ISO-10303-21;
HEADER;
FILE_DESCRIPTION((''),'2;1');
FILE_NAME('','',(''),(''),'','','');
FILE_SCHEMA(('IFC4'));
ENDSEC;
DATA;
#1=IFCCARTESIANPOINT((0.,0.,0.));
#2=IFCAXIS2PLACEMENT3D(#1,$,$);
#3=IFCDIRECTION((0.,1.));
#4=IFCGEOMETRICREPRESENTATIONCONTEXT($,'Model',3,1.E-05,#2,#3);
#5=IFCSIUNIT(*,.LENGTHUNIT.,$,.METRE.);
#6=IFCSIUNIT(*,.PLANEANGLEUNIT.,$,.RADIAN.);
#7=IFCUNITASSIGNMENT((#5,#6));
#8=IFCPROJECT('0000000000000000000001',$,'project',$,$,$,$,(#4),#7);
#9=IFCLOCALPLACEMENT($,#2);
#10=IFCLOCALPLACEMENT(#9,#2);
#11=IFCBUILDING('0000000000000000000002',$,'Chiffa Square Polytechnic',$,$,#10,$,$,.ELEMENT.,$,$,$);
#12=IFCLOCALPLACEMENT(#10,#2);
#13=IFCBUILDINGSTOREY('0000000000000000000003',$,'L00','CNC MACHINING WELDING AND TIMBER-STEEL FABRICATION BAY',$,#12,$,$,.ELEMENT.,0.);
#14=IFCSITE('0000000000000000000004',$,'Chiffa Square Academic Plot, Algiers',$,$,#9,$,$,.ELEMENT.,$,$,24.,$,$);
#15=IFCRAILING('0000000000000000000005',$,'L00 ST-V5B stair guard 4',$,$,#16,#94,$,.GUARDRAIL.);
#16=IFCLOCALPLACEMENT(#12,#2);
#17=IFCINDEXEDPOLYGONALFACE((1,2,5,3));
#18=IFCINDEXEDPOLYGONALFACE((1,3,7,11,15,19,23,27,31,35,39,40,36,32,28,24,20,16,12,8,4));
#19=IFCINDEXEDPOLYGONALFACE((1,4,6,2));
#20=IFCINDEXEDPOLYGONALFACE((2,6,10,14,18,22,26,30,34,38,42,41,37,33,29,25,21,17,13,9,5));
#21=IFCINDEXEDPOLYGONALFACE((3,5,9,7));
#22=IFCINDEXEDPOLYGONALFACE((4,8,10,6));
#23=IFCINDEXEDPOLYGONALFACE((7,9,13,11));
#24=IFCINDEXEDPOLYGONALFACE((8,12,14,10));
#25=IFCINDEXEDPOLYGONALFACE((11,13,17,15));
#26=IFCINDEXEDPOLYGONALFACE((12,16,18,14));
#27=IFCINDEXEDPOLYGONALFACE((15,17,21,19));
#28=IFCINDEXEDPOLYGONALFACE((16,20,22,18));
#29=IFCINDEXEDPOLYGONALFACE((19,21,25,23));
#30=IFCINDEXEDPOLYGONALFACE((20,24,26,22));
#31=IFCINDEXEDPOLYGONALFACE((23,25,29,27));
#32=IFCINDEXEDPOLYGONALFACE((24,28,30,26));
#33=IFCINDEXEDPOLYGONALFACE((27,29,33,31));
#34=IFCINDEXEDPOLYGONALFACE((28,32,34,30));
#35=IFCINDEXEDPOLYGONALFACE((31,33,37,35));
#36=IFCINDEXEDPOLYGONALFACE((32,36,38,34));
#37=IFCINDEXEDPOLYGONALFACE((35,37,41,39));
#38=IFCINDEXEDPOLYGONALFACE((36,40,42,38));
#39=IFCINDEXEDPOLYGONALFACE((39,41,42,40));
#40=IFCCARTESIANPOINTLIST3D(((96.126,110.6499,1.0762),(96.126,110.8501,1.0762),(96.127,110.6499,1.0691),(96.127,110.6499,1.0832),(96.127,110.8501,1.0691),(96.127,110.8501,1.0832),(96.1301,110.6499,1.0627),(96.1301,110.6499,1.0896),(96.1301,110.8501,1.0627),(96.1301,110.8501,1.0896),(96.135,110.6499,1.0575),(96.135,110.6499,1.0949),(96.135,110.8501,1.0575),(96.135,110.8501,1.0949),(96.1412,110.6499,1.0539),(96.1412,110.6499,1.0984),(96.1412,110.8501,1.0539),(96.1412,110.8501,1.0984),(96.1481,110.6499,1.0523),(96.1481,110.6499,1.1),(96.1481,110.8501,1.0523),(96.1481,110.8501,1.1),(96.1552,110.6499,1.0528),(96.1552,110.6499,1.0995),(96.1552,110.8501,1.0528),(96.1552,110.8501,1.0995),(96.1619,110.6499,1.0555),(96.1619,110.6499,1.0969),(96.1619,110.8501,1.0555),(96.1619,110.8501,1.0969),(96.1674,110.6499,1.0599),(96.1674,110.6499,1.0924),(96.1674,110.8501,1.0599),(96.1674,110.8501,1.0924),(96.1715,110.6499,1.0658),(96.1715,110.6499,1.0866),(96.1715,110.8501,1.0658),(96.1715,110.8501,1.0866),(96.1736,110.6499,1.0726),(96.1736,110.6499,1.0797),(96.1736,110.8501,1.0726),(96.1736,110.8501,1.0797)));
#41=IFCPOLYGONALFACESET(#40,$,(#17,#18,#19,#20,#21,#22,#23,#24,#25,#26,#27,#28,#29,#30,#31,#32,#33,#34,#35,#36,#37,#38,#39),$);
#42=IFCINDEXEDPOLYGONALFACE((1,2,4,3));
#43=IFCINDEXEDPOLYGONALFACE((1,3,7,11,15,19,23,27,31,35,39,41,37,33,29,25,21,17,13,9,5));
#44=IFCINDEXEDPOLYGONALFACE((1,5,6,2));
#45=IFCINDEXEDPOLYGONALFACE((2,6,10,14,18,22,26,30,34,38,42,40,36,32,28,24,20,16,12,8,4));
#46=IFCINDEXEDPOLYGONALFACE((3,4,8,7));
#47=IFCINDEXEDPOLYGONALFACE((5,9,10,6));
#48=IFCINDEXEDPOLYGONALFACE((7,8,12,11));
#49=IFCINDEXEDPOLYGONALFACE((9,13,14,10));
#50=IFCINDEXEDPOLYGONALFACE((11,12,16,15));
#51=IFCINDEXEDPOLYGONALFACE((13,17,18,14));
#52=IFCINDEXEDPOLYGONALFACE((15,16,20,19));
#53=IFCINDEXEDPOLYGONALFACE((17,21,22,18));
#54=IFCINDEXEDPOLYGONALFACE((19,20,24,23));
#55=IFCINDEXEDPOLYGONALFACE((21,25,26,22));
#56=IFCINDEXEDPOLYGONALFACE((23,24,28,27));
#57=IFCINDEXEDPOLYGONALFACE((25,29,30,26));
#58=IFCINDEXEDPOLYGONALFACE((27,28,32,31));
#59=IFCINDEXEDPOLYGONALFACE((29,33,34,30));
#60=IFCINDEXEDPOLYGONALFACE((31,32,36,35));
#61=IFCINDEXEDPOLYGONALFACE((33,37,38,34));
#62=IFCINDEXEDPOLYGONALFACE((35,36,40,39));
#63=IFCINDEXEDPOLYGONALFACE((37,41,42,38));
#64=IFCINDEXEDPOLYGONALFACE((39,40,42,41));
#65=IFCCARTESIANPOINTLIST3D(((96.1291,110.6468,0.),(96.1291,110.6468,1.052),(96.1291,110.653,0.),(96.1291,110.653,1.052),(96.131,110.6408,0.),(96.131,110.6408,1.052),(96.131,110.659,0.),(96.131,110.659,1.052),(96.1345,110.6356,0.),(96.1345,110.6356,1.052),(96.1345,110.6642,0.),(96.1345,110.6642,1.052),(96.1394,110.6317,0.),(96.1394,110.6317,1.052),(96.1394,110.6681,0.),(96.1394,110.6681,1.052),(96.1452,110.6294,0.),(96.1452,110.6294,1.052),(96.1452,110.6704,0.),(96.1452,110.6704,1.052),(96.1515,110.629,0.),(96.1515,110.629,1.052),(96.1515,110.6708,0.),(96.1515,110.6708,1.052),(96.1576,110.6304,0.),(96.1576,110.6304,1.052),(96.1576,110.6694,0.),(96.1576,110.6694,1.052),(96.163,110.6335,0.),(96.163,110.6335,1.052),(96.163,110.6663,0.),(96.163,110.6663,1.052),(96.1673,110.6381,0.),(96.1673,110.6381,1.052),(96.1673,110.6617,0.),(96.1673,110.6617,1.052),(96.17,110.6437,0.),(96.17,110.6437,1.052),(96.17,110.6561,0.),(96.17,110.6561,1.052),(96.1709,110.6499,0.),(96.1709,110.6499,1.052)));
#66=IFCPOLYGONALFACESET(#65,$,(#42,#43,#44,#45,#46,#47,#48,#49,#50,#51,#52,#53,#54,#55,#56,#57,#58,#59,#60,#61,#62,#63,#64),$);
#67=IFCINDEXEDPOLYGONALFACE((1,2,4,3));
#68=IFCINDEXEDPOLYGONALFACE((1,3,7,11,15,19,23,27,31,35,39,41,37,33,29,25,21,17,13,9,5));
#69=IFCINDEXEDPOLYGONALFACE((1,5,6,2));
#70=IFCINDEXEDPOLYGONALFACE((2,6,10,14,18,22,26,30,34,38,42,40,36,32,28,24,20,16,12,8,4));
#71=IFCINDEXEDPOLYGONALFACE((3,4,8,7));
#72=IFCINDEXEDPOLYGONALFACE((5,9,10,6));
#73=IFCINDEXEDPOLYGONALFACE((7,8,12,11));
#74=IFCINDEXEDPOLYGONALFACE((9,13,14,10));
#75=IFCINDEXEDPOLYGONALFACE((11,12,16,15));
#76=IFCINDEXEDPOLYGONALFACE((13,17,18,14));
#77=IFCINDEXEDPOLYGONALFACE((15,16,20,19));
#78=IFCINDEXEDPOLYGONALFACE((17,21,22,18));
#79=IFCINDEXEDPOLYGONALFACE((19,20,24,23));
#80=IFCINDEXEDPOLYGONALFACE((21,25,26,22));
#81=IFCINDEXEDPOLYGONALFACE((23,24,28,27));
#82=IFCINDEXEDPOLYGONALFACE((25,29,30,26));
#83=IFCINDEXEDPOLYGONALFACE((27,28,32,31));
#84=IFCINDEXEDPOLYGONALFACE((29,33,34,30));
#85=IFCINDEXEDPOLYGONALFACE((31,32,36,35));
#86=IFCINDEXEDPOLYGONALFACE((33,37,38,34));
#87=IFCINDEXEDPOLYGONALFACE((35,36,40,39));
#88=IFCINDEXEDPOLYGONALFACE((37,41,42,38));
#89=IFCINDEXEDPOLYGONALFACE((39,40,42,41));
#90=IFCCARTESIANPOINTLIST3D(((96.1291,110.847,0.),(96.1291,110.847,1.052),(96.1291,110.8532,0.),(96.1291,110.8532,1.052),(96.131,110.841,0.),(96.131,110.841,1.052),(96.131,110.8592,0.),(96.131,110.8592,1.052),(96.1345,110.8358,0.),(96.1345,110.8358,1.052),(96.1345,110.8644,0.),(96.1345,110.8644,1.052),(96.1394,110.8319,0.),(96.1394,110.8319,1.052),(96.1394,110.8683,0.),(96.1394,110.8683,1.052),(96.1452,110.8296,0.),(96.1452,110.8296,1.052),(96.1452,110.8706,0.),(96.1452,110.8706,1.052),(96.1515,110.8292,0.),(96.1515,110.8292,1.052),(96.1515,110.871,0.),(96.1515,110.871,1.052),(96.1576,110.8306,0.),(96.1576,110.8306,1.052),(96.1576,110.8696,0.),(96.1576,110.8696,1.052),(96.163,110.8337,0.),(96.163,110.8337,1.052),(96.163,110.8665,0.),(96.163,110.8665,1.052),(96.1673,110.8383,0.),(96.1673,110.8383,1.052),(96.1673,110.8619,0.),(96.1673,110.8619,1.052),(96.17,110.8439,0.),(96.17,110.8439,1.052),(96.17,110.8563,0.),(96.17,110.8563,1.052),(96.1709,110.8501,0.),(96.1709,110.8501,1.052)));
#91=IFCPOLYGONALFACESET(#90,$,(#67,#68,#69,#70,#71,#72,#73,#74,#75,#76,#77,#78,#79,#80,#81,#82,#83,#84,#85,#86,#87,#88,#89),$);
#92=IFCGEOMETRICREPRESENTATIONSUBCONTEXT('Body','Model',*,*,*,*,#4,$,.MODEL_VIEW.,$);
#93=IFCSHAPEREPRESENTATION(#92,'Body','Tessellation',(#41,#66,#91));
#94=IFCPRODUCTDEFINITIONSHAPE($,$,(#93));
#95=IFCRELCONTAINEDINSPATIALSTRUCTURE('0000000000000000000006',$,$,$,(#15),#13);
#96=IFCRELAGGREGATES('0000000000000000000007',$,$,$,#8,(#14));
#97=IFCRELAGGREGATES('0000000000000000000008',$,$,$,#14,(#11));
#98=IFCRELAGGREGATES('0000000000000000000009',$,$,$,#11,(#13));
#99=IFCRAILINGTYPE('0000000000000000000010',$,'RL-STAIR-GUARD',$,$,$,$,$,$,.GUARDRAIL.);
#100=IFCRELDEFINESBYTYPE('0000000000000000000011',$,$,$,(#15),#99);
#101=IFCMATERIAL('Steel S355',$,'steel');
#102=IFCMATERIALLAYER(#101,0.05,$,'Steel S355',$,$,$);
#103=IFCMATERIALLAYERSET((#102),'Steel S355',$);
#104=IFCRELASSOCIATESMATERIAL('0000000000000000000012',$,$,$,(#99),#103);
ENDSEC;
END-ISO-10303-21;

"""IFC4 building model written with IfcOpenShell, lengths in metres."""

from ifc_helpers import new_model, si_unit, direction, frame, origin, origin_2d, place, context, subcontext, project, spatial, circle, extrude, material, layer, layer_set, type_object, element, save


model = new_model("IFC4")

# Units and contexts
model_context = context("Model", 3, precision=1e-05, world=origin(), true_north=direction((0.0, 1.0)))
body_context = subcontext(model_context, "Body", "Model", "MODEL_VIEW")
ifc_project = project(units=[si_unit("LENGTHUNIT", "METRE"), si_unit("PLANEANGLEUNIT", "RADIAN")], contexts=[model_context])

# Site, building, storey
site_placement = place(None, origin())
site = spatial("IfcSite", under=ifc_project, at=site_placement, Name="Chiffa Square Academic Plot, Algiers", CompositionType="ELEMENT", RefElevation=24.0)
building_placement = place(site_placement, origin())
building = spatial("IfcBuilding", under=site, at=building_placement, Name="Chiffa Square Polytechnic", CompositionType="ELEMENT")
storey_placement = place(building_placement, origin())
storey = spatial("IfcBuildingStorey", under=building, at=storey_placement, Name="L00", Description="CNC MACHINING WELDING AND TIMBER-STEEL FABRICATION BAY", CompositionType="ELEMENT", Elevation=0.0)

# Railing
ifc_material_1 = material(Name="Steel S355", Category="steel")
ifc_layer_1 = layer(ifc_material_1, 0.05, Name="Steel S355")
ifc_layer_set_1 = layer_set([ifc_layer_1], Name="Steel S355")
railing_type_1 = type_object("IfcRailingType", Name="RL-STAIR-GUARD", PredefinedType="GUARDRAIL", material=ifc_layer_set_1)
railing_1_placement = place(storey_placement, frame((96.1499, 110.6499, 0.0)))
element("IfcRailing", 1, at=railing_1_placement, inside=storey, type_object=railing_type_1, Name="L00 ST-V5B stair guard 4", PredefinedType="GUARDRAIL", context=body_context, shape_type="SweptSolid", body=[
    extrude(circle(Radius=0.0239, at=origin_2d()), frame((0.0, 0.0, 1.0762), z_axis=(0.0, 1.0, 0.0), x_axis=(-1.0, 0.0, 0.0)), (0.0, 0.0, 1.0), 0.2002),
    extrude(circle(Radius=0.021, at=origin_2d()), origin(), (0.0, 0.0, 1.0), 1.052),
    extrude(circle(Radius=0.021, at=origin_2d()), frame((0.0, 0.2002, 0.0)), (0.0, 0.0, 1.0), 1.052),
])

save(model, "model.ifc")
